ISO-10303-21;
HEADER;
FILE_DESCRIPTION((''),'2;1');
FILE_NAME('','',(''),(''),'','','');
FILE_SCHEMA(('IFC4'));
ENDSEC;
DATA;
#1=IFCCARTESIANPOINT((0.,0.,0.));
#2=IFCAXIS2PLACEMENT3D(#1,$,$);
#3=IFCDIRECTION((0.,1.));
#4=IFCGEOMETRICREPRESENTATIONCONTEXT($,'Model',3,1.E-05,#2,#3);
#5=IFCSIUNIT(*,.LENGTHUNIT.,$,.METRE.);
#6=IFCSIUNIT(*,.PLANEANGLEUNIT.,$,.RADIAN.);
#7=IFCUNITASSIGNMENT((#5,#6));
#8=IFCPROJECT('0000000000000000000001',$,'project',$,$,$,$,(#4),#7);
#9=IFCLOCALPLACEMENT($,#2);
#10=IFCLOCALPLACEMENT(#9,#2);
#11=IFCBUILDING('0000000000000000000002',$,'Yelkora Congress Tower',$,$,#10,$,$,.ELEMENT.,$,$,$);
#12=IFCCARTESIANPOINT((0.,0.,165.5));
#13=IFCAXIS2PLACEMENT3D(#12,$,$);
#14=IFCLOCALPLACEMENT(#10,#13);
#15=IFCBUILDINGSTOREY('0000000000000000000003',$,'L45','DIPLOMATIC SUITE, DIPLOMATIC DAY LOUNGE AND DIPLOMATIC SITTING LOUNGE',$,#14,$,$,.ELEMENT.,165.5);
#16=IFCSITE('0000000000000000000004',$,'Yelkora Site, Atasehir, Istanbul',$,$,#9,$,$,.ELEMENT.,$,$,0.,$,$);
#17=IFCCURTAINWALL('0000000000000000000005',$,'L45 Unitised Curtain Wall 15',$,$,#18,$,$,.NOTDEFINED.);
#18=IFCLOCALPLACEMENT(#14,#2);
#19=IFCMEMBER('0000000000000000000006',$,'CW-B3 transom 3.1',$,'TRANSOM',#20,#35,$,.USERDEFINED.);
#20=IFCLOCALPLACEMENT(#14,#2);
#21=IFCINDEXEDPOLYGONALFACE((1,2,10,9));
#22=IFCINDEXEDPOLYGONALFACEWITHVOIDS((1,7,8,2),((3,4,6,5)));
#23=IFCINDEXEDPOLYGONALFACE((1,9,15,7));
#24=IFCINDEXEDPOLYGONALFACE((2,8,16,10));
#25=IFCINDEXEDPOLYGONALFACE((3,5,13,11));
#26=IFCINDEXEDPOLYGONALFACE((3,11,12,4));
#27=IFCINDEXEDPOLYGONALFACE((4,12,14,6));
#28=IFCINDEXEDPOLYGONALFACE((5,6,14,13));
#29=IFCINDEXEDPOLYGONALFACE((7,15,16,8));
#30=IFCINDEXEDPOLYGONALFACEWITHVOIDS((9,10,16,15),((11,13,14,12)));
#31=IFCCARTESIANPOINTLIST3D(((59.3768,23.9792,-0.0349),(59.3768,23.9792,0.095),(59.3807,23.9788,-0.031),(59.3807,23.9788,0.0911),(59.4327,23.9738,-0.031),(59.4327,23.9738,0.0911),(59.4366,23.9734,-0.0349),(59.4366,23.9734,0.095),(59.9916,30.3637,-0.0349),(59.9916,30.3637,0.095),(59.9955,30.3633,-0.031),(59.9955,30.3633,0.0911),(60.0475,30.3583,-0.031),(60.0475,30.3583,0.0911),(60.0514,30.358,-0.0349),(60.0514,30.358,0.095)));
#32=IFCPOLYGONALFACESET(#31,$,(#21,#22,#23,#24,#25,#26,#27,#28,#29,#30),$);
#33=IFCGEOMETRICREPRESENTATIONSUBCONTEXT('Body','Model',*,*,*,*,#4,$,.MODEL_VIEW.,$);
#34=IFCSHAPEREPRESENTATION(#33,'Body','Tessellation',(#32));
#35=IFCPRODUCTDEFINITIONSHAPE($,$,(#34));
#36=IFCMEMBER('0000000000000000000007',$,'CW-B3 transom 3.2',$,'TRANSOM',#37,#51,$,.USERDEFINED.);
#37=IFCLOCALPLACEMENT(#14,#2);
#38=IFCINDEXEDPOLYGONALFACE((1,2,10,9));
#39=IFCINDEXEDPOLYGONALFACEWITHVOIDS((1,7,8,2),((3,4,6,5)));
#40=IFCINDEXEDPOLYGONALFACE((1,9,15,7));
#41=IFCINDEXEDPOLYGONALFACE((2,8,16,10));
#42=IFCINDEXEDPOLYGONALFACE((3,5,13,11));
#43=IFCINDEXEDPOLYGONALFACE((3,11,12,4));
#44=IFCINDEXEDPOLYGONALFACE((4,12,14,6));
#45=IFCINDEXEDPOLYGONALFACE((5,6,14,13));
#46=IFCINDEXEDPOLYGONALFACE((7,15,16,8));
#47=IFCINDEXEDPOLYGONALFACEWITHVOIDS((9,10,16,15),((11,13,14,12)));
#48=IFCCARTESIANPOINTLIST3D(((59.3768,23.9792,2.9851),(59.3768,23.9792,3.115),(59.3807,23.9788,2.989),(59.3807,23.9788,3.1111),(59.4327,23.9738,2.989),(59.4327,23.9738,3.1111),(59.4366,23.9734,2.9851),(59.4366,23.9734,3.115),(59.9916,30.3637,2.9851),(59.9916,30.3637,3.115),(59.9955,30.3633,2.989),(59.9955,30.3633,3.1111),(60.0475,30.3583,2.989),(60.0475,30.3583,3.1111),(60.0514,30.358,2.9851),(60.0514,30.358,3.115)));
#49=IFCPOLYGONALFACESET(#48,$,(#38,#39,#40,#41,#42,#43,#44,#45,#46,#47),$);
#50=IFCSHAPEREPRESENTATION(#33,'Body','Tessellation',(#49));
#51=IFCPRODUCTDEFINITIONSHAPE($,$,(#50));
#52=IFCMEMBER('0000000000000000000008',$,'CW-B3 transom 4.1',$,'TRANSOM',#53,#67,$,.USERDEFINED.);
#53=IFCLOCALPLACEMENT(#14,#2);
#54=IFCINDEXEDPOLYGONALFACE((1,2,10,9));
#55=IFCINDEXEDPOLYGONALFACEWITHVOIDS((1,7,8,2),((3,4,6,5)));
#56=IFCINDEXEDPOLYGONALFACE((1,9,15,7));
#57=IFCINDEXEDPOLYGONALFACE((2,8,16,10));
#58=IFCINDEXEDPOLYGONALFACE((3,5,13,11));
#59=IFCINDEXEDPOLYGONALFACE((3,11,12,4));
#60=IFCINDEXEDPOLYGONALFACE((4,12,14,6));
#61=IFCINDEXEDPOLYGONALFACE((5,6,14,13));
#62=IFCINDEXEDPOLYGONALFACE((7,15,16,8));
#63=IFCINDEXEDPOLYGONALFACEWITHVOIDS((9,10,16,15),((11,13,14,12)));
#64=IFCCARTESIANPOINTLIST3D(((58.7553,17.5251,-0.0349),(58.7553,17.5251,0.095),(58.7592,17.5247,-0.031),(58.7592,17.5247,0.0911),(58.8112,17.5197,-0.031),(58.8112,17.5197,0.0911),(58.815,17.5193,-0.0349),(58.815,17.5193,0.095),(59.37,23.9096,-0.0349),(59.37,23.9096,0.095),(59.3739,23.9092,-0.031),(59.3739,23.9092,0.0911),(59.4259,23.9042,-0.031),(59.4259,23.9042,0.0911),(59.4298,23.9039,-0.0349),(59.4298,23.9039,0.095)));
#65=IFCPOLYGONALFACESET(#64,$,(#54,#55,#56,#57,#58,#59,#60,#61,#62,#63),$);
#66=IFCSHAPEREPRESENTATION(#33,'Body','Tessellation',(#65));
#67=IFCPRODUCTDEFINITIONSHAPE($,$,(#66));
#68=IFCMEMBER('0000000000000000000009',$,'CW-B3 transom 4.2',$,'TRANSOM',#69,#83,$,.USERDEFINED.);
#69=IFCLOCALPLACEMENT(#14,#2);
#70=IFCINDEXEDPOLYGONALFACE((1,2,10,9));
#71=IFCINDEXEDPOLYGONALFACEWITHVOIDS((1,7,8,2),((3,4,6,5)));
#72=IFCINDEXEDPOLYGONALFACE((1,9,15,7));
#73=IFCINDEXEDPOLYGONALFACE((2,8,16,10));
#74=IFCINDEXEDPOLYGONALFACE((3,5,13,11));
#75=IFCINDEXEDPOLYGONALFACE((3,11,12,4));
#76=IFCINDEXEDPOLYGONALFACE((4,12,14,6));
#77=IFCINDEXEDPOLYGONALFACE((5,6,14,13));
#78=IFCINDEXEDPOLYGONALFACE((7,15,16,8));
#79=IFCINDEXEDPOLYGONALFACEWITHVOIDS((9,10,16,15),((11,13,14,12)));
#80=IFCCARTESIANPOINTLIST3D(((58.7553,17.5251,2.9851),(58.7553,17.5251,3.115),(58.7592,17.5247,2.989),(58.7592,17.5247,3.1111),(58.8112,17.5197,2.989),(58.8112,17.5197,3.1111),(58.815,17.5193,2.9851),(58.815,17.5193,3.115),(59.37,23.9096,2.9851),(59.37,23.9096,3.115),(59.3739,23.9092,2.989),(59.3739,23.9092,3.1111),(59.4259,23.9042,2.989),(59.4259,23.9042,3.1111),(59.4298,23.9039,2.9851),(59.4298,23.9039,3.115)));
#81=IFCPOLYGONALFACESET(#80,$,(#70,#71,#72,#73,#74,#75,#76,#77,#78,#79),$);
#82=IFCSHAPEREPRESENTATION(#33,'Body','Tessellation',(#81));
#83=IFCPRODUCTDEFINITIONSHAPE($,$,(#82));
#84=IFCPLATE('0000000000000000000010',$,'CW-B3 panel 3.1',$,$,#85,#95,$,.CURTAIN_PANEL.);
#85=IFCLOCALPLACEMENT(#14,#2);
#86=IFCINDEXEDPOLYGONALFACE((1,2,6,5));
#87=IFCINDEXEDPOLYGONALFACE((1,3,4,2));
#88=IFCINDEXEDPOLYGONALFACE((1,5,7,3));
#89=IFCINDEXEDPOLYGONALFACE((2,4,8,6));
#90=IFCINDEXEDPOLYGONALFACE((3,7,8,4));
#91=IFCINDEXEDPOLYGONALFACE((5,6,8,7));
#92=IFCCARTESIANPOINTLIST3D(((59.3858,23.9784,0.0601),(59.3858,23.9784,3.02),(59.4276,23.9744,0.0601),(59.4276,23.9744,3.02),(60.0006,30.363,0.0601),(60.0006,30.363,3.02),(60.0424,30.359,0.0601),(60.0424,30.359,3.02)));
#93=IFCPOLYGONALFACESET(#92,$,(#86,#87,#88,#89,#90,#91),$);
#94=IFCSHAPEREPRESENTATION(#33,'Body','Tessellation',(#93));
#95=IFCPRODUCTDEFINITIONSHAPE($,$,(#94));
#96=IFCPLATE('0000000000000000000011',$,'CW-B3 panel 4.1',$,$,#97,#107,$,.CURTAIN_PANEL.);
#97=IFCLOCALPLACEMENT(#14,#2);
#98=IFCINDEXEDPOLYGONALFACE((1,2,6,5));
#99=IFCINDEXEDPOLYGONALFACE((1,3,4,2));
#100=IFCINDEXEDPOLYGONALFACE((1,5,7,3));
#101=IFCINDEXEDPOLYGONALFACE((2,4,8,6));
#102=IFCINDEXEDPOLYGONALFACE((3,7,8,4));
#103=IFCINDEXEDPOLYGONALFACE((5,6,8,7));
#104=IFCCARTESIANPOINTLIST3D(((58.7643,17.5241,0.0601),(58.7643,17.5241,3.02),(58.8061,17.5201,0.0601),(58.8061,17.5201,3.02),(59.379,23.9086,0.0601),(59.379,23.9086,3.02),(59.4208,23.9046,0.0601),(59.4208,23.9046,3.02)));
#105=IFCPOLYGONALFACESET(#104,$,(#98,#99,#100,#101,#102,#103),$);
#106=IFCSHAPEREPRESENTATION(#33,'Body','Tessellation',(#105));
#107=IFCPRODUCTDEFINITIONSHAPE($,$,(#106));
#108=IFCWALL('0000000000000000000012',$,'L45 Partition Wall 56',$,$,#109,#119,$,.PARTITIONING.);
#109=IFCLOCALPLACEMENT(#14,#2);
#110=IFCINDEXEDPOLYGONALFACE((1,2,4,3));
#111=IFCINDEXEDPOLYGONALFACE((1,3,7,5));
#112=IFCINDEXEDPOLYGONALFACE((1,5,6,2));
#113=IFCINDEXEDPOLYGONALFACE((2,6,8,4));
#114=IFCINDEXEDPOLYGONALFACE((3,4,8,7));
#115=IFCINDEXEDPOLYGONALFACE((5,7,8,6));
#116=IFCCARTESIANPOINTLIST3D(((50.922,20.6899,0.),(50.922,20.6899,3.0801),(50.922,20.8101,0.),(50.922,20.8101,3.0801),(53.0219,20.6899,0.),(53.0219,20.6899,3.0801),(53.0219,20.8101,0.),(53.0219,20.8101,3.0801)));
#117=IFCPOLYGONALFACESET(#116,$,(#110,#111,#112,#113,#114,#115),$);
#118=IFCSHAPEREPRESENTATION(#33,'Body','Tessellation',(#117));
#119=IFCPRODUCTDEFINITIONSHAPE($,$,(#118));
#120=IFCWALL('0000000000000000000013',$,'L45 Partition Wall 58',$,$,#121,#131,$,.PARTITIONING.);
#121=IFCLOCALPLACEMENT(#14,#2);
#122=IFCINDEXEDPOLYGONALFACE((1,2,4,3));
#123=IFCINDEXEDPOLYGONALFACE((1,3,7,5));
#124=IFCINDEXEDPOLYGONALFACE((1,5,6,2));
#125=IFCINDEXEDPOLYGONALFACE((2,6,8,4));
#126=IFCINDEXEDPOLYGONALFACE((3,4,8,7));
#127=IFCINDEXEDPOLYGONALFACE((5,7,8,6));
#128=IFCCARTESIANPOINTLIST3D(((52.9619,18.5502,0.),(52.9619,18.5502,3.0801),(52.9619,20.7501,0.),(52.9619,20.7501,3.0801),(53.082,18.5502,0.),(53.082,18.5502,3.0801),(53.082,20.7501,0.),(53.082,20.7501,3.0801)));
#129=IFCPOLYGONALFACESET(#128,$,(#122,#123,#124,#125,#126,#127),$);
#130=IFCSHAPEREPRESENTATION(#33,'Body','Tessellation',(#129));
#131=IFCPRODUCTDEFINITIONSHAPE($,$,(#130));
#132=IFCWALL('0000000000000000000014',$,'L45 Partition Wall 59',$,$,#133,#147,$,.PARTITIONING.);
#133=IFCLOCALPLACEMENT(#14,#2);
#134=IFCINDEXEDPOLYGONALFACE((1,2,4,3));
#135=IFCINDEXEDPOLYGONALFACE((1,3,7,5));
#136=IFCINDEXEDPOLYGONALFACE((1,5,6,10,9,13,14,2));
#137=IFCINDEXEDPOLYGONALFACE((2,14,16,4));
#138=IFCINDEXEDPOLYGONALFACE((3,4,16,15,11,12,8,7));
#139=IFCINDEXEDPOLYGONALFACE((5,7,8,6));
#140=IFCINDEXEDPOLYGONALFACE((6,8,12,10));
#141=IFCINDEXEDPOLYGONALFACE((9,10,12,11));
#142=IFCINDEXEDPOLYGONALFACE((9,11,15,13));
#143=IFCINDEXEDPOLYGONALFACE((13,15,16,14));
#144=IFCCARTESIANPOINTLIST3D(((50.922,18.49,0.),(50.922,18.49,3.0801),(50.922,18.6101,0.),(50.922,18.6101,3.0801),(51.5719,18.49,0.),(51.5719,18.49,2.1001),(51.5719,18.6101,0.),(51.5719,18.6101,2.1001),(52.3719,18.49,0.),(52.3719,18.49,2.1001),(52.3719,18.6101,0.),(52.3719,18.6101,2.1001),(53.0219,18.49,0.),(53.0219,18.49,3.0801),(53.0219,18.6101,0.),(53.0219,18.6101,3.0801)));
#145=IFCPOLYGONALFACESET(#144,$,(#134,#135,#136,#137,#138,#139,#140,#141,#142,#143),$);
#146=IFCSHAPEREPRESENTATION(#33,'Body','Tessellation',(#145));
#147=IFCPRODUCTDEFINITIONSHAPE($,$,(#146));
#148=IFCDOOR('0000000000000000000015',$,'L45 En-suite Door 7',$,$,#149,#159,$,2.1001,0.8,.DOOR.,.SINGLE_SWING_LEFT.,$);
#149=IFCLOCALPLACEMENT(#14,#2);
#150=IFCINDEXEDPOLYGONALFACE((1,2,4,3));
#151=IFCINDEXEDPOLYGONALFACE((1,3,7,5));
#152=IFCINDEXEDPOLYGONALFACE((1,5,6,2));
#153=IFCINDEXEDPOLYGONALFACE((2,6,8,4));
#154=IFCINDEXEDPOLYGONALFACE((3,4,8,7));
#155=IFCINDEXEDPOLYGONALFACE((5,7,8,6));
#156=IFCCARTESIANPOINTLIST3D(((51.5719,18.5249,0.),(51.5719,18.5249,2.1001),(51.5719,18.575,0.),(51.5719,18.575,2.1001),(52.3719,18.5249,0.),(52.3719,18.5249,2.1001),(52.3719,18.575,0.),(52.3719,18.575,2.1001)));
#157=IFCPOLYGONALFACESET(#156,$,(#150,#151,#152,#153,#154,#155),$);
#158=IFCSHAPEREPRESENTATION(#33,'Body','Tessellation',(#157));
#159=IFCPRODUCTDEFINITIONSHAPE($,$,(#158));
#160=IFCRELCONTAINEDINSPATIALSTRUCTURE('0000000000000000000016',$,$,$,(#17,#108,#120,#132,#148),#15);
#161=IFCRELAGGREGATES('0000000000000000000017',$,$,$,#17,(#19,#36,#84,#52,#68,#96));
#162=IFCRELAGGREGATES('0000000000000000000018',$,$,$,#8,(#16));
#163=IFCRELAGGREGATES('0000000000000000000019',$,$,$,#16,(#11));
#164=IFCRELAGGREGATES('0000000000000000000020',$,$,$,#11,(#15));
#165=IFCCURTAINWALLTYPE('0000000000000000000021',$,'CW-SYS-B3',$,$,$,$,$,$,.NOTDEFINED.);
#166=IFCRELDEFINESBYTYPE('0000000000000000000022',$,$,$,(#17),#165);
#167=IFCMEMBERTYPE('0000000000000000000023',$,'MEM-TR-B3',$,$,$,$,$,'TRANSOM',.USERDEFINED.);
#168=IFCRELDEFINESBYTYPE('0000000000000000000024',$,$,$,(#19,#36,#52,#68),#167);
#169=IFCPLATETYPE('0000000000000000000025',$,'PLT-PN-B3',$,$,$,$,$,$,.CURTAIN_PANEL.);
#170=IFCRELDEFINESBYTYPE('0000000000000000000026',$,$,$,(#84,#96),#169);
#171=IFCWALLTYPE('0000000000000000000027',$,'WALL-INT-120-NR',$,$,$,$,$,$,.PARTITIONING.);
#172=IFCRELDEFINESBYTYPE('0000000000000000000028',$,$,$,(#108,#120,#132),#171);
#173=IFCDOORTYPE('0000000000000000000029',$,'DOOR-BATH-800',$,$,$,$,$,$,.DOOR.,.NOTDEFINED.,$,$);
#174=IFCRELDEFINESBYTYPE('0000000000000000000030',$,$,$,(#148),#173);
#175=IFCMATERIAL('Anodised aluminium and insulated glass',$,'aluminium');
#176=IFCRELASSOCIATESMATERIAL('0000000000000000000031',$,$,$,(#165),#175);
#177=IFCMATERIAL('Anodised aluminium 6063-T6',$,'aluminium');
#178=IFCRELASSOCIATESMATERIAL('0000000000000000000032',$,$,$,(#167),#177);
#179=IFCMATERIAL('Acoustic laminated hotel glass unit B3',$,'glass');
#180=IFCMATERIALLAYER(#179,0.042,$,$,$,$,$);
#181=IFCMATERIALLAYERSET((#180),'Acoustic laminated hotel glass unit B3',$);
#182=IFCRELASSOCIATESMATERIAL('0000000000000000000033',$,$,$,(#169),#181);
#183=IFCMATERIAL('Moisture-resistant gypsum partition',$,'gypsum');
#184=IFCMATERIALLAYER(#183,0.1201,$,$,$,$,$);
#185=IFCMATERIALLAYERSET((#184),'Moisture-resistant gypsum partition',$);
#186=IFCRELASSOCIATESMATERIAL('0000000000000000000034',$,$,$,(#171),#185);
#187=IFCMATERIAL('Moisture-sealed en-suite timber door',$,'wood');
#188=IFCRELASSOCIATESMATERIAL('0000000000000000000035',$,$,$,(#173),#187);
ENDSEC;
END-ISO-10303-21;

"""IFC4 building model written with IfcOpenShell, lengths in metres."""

from ifc_helpers import new_model, si_unit, direction, frame, frame_2d, origin, origin_2d, place, context, subcontext, project, spatial, rectangle, hollow_rectangle, extrude, material, layer, layer_set, material_profile, profile_set, type_object, element, fill, aggregate, save


model = new_model("IFC4")

# Units and contexts
model_context = context("Model", 3, precision=1e-05, world=origin(), true_north=direction((0.0, 1.0)))
body_context = subcontext(model_context, "Body", "Model", "MODEL_VIEW")
ifc_project = project(units=[si_unit("LENGTHUNIT", "METRE"), si_unit("PLANEANGLEUNIT", "RADIAN")], contexts=[model_context])

# Site, building, storey
site_placement = place(None, origin())
site = spatial("IfcSite", under=ifc_project, at=site_placement, Name="Yelkora Site, Atasehir, Istanbul", CompositionType="ELEMENT", RefElevation=0.0)
building_placement = place(site_placement, origin())
building = spatial("IfcBuilding", under=site, at=building_placement, Name="Yelkora Congress Tower", CompositionType="ELEMENT")
storey_placement = place(building_placement, frame((0.0, 0.0, 165.5)))
storey = spatial("IfcBuildingStorey", under=building, at=storey_placement, Name="L45", Description="DIPLOMATIC SUITE, DIPLOMATIC DAY LOUNGE AND DIPLOMATIC SITTING LOUNGE", CompositionType="ELEMENT", Elevation=165.5)

# Curtain wall, members, plates
ifc_material_1 = material(Name="Anodised aluminium and insulated glass", Category="aluminium")
curtain_wall_type = type_object("IfcCurtainWallType", Name="CW-SYS-B3", PredefinedType="NOTDEFINED", material=ifc_material_1)
curtain_wall_placement = place(storey_placement, origin())
curtain_wall = element("IfcCurtainWall", 1, at=curtain_wall_placement, inside=storey, type_object=curtain_wall_type, Name="L45 Unitised Curtain Wall 15", PredefinedType="NOTDEFINED")
ifc_material_2 = material(Name="Anodised aluminium 6063-T6", Category="aluminium")
ifc_material_profile_1 = material_profile(ifc_material_2, hollow_rectangle(XDim=0.0601, YDim=0.1299, WallThickness=0.0039, at=origin_2d()), Name="ALU 60x130x4")
ifc_profile_set_1 = profile_set([ifc_material_profile_1], Name="Anodised aluminium 6063-T6")
member_type_1 = type_object("IfcMemberType", Name="MEM-TR-B3", ElementType="TRANSOM", PredefinedType="USERDEFINED", material=ifc_profile_set_1)
member_1_placement = place(storey_placement, frame((60.0215, 30.3608, 0.03), z_axis=(-0.095844, -0.995396, 0.0), x_axis=(0.995396, -0.095844, 0.0)))
member_1 = element("IfcMember", 2, at=member_1_placement, type_object=member_type_1, Name="CW-B3 transom 3.1", ObjectType="TRANSOM", PredefinedType="USERDEFINED", context=body_context, shape_type="SweptSolid", body=[
    extrude(hollow_rectangle(XDim=0.0601, YDim=0.1299, WallThickness=0.0039, at=origin_2d()), origin(), (0.0, 0.0, 1.0), 6.4141),
])
member_2_placement = place(storey_placement, frame((60.0215, 30.3608, 3.05), z_axis=(-0.095844, -0.995396, 0.0), x_axis=(0.995396, -0.095844, 0.0)))
member_2 = element("IfcMember", 3, at=member_2_placement, type_object=member_type_1, Name="CW-B3 transom 3.2", ObjectType="TRANSOM", PredefinedType="USERDEFINED", context=body_context, shape_type="SweptSolid", body=[
    extrude(hollow_rectangle(XDim=0.0601, YDim=0.1299, WallThickness=0.0039, at=origin_2d()), origin(), (0.0, 0.0, 1.0), 6.4141),
])
member_3_placement = place(storey_placement, frame((59.3999, 23.9067, 0.03), z_axis=(-0.095844, -0.995396, 0.0), x_axis=(0.995396, -0.095844, 0.0)))
member_3 = element("IfcMember", 4, at=member_3_placement, type_object=member_type_1, Name="CW-B3 transom 4.1", ObjectType="TRANSOM", PredefinedType="USERDEFINED", context=body_context, shape_type="SweptSolid", body=[
    extrude(hollow_rectangle(XDim=0.0601, YDim=0.1299, WallThickness=0.0039, at=origin_2d()), origin(), (0.0, 0.0, 1.0), 6.4141),
])
member_4_placement = place(storey_placement, frame((59.3999, 23.9067, 3.05), z_axis=(-0.095844, -0.995396, 0.0), x_axis=(0.995396, -0.095844, 0.0)))
member_4 = element("IfcMember", 5, at=member_4_placement, type_object=member_type_1, Name="CW-B3 transom 4.2", ObjectType="TRANSOM", PredefinedType="USERDEFINED", context=body_context, shape_type="SweptSolid", body=[
    extrude(hollow_rectangle(XDim=0.0601, YDim=0.1299, WallThickness=0.0039, at=origin_2d()), origin(), (0.0, 0.0, 1.0), 6.4141),
])
ifc_material_3 = material(Name="Acoustic laminated hotel glass unit B3", Category="glass")
ifc_layer_1 = layer(ifc_material_3, 0.042)
ifc_layer_set_1 = layer_set([ifc_layer_1], Name="Acoustic laminated hotel glass unit B3")
plate_type = type_object("IfcPlateType", Name="PLT-PN-B3", PredefinedType="CURTAIN_PANEL", material=ifc_layer_set_1)
plate_1_placement = place(storey_placement, frame((59.7141, 27.1687, 0.0601), z_axis=(0.0, 0.0, 1.0), x_axis=(-0.095842, -0.995397, 0.0)))
plate_1 = element("IfcPlate", 6, at=plate_1_placement, type_object=plate_type, Name="CW-B3 panel 3.1", PredefinedType="CURTAIN_PANEL", context=body_context, shape_type="SweptSolid", body=[
    extrude(rectangle(XDim=6.4141, YDim=0.042, at=origin_2d()), origin(), (0.0, 0.0, 1.0), 2.96),
])
plate_2_placement = place(storey_placement, frame((59.0925, 20.7144, 0.0601), z_axis=(0.0, 0.0, 1.0), x_axis=(-0.095842, -0.995397, 0.0)))
plate_2 = element("IfcPlate", 7, at=plate_2_placement, type_object=plate_type, Name="CW-B3 panel 4.1", PredefinedType="CURTAIN_PANEL", context=body_context, shape_type="SweptSolid", body=[
    extrude(rectangle(XDim=6.4141, YDim=0.042, at=origin_2d()), origin(), (0.0, 0.0, 1.0), 2.96),
])
aggregate(curtain_wall, [member_1, member_2, plate_1, member_3, member_4, plate_2])

# Walls
ifc_material_4 = material(Name="Moisture-resistant gypsum partition", Category="gypsum")
ifc_layer_2 = layer(ifc_material_4, 0.1201)
ifc_layer_set_2 = layer_set([ifc_layer_2], Name="Moisture-resistant gypsum partition")
wall_type_1 = type_object("IfcWallType", Name="WALL-INT-120-NR", PredefinedType="PARTITIONING", material=ifc_layer_set_2)
wall_1_placement = place(storey_placement, frame((50.9221, 20.75, 0.0), z_axis=(0.0, 0.0, 1.0), x_axis=(1.0, 0.0, 0.0)))
element("IfcWall", 8, at=wall_1_placement, inside=storey, type_object=wall_type_1, Name="L45 Partition Wall 56", PredefinedType="PARTITIONING", context=body_context, shape_type="SweptSolid", body=[
    extrude(rectangle(XDim=2.0999, YDim=0.1201, at=frame_2d((1.0498, 0.0))), origin(), (0.0, 0.0, 1.0), 3.0801),
])
wall_2_placement = place(storey_placement, frame((53.022, 18.55, 0.0), z_axis=(0.0, 0.0, 1.0), x_axis=(0.0, 1.0, 0.0)))
element("IfcWall", 9, at=wall_2_placement, inside=storey, type_object=wall_type_1, Name="L45 Partition Wall 58", PredefinedType="PARTITIONING", context=body_context, shape_type="SweptSolid", body=[
    extrude(rectangle(XDim=2.2, YDim=0.1201, at=frame_2d((1.1001, 0.0))), origin(), (0.0, 0.0, 1.0), 3.0801),
])

# Wall, opening, door
wall_3_placement = place(storey_placement, frame((50.9221, 18.55, 0.0), z_axis=(0.0, 0.0, 1.0), x_axis=(1.0, 0.0, 0.0)))
wall_3 = element("IfcWall", 10, at=wall_3_placement, inside=storey, type_object=wall_type_1, Name="L45 Partition Wall 59", PredefinedType="PARTITIONING", context=body_context, shape_type="SweptSolid", body=[
    extrude(rectangle(XDim=2.0999, YDim=0.1201, at=frame_2d((1.0498, 0.0))), origin(), (0.0, 0.0, 1.0), 3.0801),
])
opening_1_placement = place(wall_3_placement, frame((0.6499, 0.0, 0.0)))
opening_1 = element("IfcOpeningElement", 11, at=opening_1_placement, cuts=wall_3, PredefinedType="OPENING", context=body_context, shape_type="SweptSolid", body=[
    extrude(rectangle(XDim=0.8, YDim=2.1001, at=frame_2d((0.3999, 1.05))), frame((0.0, 0.0701, 0.0), z_axis=(0.0, -1.0, 0.0), x_axis=(1.0, 0.0, 0.0)), (0.0, 0.0, 1.0), 0.1401),
])
ifc_material_5 = material(Name="Moisture-sealed en-suite timber door", Category="wood")
door_type_1 = type_object("IfcDoorType", Name="DOOR-BATH-800", OperationType="NOTDEFINED", PredefinedType="DOOR", material=ifc_material_5)
door_1_placement = place(opening_1_placement, origin())
door_1 = element("IfcDoor", 12, at=door_1_placement, inside=storey, type_object=door_type_1, Name="L45 En-suite Door 7", OperationType="SINGLE_SWING_LEFT", OverallHeight=2.1001, OverallWidth=0.8, PredefinedType="DOOR", context=body_context, shape_type="SweptSolid", body=[
    extrude(rectangle(XDim=0.8, YDim=2.1001, at=frame_2d((0.3999, 1.05))), frame((0.0, 0.0249, 0.0), z_axis=(0.0, -1.0, 0.0), x_axis=(1.0, 0.0, 0.0)), (0.0, 0.0, 1.0), 0.05),
])
fill(opening_1, door_1)

save(model, "model.ifc")
